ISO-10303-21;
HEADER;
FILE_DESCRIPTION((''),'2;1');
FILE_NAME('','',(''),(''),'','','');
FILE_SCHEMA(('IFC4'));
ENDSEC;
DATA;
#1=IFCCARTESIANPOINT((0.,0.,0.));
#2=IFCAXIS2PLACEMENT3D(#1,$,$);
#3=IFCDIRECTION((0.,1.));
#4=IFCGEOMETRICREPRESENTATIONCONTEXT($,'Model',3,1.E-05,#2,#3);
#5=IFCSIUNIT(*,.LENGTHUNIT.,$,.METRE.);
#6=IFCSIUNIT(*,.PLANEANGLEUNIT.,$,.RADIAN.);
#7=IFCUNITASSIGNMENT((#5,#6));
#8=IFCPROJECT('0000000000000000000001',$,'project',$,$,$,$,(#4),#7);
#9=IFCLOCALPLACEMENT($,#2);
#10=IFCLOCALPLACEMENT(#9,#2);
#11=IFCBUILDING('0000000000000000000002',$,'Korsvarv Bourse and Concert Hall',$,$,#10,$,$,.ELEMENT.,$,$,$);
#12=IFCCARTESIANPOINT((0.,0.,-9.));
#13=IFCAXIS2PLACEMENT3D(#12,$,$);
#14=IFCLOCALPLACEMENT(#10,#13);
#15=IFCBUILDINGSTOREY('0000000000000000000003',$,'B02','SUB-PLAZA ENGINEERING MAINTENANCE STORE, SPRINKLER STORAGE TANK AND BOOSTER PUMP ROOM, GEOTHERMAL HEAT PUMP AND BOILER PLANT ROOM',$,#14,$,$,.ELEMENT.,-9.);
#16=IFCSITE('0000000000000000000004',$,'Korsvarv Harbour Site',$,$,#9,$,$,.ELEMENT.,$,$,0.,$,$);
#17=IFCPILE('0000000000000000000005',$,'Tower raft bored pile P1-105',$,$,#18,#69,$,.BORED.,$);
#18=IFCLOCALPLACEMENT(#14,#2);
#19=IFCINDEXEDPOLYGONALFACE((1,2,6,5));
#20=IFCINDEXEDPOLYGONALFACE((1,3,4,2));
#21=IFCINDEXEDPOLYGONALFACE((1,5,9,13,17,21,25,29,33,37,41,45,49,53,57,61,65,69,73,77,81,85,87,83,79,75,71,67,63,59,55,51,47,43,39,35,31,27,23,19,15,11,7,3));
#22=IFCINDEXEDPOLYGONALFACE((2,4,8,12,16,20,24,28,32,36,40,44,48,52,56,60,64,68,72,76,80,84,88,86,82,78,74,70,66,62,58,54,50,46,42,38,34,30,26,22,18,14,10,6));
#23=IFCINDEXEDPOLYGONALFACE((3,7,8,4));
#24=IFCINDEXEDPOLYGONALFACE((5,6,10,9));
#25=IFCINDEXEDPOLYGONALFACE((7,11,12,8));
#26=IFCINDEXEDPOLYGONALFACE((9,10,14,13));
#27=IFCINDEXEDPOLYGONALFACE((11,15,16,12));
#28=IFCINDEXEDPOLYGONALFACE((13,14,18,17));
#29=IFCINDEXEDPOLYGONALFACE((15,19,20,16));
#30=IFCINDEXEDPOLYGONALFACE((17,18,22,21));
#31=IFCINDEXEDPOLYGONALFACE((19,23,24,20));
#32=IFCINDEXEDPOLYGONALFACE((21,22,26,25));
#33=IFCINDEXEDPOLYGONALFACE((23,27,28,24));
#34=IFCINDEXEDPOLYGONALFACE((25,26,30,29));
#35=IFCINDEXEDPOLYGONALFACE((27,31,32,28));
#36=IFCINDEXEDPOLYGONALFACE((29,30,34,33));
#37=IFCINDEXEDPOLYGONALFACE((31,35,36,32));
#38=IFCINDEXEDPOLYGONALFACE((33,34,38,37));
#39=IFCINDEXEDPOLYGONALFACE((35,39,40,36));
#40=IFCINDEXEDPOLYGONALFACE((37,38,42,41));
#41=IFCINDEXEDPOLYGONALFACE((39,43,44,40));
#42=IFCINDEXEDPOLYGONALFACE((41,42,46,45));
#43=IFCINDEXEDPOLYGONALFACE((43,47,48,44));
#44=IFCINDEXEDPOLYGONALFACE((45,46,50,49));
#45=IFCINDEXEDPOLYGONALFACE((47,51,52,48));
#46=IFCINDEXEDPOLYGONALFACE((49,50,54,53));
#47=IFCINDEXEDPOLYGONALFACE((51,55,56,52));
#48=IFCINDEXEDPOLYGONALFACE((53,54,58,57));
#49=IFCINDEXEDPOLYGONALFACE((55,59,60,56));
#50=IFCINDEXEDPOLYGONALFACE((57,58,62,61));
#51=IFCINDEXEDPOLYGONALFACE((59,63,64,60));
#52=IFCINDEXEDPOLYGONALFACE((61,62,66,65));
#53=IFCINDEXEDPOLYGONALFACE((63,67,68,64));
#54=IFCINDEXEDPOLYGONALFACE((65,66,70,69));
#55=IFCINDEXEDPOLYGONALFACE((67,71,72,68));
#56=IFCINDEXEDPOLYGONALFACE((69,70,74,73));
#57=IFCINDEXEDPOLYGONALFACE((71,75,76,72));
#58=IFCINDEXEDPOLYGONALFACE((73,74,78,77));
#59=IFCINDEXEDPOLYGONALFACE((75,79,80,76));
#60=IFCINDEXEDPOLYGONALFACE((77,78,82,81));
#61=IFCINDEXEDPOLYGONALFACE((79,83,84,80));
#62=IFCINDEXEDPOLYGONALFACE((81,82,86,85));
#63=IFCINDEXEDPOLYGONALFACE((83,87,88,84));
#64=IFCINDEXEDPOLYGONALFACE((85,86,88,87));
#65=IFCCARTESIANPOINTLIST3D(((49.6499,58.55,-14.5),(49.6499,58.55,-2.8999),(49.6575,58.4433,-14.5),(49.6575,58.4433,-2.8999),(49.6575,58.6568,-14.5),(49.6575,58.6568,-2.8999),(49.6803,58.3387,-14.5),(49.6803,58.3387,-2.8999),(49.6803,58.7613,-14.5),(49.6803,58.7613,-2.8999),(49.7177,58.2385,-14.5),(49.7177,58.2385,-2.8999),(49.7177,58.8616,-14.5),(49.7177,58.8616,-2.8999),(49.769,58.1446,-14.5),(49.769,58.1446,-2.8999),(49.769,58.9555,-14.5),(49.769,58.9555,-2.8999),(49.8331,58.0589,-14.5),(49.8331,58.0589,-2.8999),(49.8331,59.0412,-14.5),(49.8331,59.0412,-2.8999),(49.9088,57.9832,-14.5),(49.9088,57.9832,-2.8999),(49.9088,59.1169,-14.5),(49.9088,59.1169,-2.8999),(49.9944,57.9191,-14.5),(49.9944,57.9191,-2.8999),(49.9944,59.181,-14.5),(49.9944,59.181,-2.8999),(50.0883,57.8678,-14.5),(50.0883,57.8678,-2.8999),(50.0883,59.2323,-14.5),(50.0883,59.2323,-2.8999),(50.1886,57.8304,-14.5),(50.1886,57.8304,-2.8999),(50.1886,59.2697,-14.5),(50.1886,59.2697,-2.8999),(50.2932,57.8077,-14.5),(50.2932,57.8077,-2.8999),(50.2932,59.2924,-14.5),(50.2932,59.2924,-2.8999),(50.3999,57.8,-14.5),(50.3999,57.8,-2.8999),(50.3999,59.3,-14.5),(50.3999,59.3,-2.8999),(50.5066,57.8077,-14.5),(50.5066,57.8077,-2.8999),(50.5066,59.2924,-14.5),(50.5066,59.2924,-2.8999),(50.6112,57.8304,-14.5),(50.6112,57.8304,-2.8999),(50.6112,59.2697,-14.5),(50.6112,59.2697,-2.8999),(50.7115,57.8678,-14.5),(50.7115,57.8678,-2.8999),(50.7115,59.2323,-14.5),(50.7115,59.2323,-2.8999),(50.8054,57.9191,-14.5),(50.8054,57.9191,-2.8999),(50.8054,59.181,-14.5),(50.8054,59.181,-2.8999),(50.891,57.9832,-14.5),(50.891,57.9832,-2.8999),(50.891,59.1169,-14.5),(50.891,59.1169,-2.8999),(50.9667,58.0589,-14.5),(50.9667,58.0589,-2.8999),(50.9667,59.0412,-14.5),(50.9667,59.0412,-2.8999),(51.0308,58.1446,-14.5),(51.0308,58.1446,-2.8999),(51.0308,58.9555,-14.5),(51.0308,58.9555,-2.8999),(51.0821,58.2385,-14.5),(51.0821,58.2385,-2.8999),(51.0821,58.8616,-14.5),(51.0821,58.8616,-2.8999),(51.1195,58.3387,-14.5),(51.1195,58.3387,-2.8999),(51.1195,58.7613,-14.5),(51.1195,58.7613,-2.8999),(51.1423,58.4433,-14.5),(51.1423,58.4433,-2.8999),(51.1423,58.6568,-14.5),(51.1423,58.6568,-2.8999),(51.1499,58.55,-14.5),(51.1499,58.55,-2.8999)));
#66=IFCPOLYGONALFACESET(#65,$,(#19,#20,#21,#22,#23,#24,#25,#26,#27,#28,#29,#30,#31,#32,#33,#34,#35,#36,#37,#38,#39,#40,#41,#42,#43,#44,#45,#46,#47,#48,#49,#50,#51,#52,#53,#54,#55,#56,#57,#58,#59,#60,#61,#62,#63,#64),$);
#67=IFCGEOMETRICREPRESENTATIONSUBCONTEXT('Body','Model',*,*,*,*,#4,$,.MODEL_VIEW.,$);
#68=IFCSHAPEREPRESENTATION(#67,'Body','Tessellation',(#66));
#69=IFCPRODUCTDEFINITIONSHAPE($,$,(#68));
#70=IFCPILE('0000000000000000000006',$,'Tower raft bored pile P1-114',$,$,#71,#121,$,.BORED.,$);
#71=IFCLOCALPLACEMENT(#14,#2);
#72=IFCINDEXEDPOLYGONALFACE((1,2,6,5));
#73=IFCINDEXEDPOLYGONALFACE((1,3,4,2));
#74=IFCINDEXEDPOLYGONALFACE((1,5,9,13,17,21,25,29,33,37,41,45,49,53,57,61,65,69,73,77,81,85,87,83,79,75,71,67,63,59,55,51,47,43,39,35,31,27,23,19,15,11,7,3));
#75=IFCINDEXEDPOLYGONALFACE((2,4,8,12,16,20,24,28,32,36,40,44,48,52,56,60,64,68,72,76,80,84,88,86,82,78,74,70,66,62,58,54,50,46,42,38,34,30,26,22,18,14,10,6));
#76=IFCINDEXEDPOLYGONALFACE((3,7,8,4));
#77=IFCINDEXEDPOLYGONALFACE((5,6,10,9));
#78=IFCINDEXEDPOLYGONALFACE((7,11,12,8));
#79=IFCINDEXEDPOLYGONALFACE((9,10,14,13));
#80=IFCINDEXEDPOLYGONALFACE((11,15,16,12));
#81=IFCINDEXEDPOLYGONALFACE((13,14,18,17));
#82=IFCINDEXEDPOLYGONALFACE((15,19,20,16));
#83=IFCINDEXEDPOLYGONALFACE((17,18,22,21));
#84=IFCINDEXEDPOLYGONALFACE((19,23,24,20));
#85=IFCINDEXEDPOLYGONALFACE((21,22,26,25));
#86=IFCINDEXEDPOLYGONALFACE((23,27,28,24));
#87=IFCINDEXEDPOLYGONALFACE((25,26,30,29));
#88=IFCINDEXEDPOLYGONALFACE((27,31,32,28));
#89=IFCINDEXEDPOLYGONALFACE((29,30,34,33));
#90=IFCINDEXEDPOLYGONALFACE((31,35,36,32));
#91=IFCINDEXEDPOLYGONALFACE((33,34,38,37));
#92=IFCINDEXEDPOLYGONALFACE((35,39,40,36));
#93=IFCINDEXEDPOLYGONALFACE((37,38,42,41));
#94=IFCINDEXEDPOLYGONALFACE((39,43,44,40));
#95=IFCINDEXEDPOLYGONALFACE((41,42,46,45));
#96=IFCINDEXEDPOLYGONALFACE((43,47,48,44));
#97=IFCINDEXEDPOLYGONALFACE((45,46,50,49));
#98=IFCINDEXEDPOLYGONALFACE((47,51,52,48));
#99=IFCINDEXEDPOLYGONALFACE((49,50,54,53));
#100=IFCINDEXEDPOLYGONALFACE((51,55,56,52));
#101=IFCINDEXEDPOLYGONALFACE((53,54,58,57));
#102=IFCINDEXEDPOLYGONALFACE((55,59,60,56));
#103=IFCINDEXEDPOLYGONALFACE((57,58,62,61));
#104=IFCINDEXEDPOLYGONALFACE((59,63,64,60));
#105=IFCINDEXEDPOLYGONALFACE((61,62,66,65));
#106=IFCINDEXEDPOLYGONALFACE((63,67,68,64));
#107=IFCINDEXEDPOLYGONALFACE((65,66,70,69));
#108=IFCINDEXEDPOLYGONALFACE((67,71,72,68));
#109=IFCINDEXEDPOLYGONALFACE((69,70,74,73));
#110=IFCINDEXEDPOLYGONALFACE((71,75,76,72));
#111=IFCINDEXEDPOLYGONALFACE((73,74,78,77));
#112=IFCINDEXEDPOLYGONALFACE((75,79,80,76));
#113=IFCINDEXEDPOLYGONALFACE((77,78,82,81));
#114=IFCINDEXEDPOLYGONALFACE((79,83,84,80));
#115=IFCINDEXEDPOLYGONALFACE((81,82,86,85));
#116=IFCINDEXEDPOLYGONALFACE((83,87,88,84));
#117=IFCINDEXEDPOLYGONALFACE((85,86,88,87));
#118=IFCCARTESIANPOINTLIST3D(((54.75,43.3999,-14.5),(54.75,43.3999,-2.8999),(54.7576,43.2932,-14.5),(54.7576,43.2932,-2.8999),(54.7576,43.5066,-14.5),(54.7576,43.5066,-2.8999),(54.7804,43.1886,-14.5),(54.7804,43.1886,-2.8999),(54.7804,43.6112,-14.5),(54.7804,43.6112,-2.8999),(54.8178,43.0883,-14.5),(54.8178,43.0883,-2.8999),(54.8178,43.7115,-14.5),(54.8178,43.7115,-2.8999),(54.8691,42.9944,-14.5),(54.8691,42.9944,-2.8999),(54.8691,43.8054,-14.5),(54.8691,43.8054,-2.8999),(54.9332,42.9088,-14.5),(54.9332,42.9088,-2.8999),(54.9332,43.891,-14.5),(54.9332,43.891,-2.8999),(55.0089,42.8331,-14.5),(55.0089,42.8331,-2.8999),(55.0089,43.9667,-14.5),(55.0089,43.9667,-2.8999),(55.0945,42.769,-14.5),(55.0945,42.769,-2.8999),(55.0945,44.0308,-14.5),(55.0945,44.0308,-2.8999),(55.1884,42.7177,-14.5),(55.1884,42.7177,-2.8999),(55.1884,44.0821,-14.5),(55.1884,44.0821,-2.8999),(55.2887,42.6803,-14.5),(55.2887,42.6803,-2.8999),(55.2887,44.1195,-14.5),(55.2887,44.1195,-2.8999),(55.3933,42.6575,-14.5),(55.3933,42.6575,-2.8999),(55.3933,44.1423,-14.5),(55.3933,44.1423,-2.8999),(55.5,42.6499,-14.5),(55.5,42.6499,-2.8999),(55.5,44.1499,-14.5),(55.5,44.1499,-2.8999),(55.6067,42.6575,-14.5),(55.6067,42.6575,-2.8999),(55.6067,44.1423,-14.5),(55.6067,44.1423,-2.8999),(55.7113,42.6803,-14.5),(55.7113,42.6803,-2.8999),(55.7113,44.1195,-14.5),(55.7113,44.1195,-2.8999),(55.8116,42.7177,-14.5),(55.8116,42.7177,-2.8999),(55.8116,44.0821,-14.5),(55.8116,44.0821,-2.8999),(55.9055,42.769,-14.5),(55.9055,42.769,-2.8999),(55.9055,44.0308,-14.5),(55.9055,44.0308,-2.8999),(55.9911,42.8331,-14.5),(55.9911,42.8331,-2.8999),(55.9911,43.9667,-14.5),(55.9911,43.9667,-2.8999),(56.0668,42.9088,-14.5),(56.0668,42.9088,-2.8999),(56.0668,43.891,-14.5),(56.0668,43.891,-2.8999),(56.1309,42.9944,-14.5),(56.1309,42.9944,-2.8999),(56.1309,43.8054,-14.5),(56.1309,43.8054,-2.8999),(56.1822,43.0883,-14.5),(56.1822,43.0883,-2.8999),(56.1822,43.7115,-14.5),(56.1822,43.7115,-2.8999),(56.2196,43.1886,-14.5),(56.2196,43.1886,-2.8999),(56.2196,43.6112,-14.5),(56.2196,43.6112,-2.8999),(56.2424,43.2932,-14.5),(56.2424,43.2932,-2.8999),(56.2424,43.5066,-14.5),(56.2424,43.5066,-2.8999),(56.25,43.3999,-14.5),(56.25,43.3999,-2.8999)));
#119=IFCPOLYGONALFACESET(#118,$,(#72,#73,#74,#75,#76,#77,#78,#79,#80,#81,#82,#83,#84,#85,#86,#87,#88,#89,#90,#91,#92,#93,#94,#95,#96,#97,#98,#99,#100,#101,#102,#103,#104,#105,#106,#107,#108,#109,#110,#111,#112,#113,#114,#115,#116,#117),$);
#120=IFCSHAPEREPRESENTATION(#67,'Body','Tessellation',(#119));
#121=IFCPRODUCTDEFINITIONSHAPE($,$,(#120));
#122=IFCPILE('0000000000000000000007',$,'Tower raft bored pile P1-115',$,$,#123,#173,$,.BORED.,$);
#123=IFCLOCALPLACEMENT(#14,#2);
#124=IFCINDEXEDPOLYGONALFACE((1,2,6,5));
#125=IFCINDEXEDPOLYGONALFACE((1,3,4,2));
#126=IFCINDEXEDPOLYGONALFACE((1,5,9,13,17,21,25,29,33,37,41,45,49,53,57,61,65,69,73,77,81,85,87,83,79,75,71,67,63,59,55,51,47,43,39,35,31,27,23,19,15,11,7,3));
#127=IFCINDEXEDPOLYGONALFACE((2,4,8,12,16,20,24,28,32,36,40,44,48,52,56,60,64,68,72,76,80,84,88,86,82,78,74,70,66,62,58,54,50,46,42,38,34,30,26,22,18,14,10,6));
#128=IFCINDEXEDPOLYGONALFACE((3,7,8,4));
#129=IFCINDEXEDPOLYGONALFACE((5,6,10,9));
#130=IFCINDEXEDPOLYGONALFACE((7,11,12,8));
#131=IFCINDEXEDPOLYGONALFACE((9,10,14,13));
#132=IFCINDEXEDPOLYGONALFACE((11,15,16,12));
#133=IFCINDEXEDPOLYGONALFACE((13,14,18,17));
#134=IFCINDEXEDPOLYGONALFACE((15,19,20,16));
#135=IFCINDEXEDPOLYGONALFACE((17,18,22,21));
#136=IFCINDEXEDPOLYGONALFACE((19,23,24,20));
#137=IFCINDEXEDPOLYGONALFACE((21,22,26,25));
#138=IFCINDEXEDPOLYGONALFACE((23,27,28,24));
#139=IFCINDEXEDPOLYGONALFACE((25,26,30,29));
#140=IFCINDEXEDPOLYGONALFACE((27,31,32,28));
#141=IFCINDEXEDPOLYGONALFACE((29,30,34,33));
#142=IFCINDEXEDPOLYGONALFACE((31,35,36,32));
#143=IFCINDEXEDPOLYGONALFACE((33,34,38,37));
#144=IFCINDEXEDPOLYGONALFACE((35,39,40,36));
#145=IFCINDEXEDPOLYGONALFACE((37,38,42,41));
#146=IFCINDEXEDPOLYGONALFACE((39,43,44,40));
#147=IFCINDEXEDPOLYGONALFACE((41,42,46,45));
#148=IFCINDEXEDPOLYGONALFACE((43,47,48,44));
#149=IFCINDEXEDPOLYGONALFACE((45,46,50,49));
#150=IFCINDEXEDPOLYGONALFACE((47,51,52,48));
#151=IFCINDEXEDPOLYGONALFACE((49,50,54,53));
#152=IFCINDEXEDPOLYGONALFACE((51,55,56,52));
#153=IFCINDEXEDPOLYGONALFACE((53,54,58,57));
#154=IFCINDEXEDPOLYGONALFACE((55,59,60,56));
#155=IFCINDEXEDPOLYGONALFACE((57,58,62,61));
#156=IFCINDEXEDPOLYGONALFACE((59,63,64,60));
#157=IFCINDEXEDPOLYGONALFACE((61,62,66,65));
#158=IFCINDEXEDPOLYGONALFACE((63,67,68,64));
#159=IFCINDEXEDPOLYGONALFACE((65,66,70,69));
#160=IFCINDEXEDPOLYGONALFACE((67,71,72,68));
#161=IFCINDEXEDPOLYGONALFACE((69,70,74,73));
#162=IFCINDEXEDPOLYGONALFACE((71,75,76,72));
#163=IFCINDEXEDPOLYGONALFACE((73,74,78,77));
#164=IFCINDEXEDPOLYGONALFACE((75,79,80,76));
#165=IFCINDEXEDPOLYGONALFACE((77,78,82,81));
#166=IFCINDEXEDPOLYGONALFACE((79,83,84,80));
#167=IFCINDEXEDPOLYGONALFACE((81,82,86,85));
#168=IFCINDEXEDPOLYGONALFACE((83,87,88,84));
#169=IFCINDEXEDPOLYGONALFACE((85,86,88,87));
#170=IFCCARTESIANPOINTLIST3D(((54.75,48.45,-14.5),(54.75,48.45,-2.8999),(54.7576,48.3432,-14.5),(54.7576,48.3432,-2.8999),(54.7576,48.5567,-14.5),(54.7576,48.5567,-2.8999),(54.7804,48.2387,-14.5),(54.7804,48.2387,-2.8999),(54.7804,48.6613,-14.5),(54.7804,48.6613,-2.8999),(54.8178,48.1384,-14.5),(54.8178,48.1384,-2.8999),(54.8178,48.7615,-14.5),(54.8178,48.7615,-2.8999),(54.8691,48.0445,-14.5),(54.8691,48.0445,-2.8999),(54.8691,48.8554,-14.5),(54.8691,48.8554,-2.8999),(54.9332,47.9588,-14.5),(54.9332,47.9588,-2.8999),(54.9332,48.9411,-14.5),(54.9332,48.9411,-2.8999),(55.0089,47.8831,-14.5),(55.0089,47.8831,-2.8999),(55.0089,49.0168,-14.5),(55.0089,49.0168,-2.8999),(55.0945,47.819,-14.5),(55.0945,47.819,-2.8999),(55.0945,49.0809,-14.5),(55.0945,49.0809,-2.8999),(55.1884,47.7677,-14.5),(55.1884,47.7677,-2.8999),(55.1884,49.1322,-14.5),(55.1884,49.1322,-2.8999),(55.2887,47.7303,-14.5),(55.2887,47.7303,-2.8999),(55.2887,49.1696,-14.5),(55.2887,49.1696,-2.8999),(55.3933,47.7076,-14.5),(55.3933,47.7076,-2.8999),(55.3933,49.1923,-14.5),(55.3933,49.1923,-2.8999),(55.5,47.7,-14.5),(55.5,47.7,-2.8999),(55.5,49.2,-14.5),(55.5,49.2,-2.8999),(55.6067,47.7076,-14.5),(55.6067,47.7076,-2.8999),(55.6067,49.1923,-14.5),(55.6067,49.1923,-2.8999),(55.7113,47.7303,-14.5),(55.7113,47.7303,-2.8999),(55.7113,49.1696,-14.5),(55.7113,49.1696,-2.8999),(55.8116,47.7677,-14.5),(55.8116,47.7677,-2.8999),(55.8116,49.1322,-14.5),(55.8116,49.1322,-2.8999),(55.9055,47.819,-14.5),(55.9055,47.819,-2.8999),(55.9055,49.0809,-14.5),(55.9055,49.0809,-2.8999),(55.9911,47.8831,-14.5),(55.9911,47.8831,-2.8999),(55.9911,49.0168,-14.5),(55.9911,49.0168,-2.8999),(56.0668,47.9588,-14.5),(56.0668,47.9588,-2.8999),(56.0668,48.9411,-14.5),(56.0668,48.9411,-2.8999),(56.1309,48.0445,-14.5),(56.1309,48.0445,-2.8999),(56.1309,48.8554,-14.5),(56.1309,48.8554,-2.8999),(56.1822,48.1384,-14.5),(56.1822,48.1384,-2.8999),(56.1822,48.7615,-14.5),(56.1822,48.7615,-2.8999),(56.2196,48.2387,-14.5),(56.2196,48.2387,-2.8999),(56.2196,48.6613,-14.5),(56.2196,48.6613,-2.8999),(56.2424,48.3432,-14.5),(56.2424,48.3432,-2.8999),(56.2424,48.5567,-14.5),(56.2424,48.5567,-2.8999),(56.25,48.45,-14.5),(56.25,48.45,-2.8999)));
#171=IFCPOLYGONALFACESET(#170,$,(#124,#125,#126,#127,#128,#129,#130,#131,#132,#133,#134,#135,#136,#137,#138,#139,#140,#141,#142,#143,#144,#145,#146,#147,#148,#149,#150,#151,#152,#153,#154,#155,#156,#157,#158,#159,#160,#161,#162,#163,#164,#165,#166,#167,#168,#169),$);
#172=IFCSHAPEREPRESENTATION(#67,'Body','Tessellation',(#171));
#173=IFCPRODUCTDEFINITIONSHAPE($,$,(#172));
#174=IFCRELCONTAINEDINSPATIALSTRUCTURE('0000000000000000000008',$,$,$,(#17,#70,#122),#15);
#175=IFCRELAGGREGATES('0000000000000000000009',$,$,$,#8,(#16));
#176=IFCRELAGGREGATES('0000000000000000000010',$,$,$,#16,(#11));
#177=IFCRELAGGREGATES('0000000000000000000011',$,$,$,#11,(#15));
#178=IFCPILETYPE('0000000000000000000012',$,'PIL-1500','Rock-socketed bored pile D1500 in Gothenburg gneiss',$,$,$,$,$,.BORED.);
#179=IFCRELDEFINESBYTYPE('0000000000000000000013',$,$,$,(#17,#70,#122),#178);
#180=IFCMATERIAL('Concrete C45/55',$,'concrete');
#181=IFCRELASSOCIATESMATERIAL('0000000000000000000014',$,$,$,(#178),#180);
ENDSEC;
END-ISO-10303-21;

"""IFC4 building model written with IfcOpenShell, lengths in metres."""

from ifc_helpers import new_model, si_unit, direction, frame, origin, origin_2d, place, context, subcontext, project, spatial, circle, extrude, source, transform, mapped, material, material_profile, profile_set, type_object, element, save


model = new_model("IFC4")

# Units and contexts
model_context = context("Model", 3, precision=1e-05, world=origin(), true_north=direction((0.0, 1.0)))
body_context = subcontext(model_context, "Body", "Model", "MODEL_VIEW")
ifc_project = project(units=[si_unit("LENGTHUNIT", "METRE"), si_unit("PLANEANGLEUNIT", "RADIAN")], contexts=[model_context])

# Site, building, storey
site_placement = place(None, origin())
site = spatial("IfcSite", under=ifc_project, at=site_placement, Name="Korsvarv Harbour Site", CompositionType="ELEMENT", RefElevation=0.0)
building_placement = place(site_placement, origin())
building = spatial("IfcBuilding", under=site, at=building_placement, Name="Korsvarv Bourse and Concert Hall", CompositionType="ELEMENT")
storey_placement = place(building_placement, frame((0.0, 0.0, -9.0)))
storey = spatial("IfcBuildingStorey", under=building, at=storey_placement, Name="B02", Description="SUB-PLAZA ENGINEERING MAINTENANCE STORE, SPRINKLER STORAGE TANK AND BOOSTER PUMP ROOM, GEOTHERMAL HEAT PUMP AND BOILER PLANT ROOM", CompositionType="ELEMENT", Elevation=-9.0)

# Piles
ifc_material_1 = material(Name="Concrete C45/55", Category="concrete")
ifc_material_profile_1 = material_profile(ifc_material_1, circle(Radius=0.75, at=origin_2d()), Name="PILE D1500")
ifc_profile_set_1 = profile_set([ifc_material_profile_1], Name="Concrete C45/55")
pile_type = type_object("IfcPileType", Name="PIL-1500", Description="Rock-socketed bored pile D1500 in Gothenburg gneiss", PredefinedType="BORED", material=ifc_profile_set_1)
shared_shape_1 = source(origin(), body_context, "Body", "SweptSolid", [
    extrude(circle(Radius=0.75, at=origin_2d()), origin(), (0.0, 0.0, 1.0), 11.6001),
])
for number, where, z_axis, x_axis, name in (
    (1, (50.3999, 58.55, -2.8999), (0.0, 0.0, -1.0), (1.0, 0.0, 0.0), "Tower raft bored pile P1-105"),
    (2, (55.5, 43.3999, -2.8999), (0.0, 0.0, -1.0), (1.0, 0.0, 0.0), "Tower raft bored pile P1-114"),
    (3, (55.5, 48.45, -2.8999), (0.0, 0.0, -1.0), (1.0, 0.0, 0.0), "Tower raft bored pile P1-115"),
):
    element("IfcPile", number, at=place(storey_placement, frame(where, z_axis=z_axis, x_axis=x_axis)), inside=storey, type_object=pile_type, Name=name, PredefinedType="BORED", context=body_context, shape_type="MappedRepresentation", body=[
        mapped(shared_shape_1, transform((0.0, 0.0, 0.0), scale=1.0)),
    ])

save(model, "model.ifc")
